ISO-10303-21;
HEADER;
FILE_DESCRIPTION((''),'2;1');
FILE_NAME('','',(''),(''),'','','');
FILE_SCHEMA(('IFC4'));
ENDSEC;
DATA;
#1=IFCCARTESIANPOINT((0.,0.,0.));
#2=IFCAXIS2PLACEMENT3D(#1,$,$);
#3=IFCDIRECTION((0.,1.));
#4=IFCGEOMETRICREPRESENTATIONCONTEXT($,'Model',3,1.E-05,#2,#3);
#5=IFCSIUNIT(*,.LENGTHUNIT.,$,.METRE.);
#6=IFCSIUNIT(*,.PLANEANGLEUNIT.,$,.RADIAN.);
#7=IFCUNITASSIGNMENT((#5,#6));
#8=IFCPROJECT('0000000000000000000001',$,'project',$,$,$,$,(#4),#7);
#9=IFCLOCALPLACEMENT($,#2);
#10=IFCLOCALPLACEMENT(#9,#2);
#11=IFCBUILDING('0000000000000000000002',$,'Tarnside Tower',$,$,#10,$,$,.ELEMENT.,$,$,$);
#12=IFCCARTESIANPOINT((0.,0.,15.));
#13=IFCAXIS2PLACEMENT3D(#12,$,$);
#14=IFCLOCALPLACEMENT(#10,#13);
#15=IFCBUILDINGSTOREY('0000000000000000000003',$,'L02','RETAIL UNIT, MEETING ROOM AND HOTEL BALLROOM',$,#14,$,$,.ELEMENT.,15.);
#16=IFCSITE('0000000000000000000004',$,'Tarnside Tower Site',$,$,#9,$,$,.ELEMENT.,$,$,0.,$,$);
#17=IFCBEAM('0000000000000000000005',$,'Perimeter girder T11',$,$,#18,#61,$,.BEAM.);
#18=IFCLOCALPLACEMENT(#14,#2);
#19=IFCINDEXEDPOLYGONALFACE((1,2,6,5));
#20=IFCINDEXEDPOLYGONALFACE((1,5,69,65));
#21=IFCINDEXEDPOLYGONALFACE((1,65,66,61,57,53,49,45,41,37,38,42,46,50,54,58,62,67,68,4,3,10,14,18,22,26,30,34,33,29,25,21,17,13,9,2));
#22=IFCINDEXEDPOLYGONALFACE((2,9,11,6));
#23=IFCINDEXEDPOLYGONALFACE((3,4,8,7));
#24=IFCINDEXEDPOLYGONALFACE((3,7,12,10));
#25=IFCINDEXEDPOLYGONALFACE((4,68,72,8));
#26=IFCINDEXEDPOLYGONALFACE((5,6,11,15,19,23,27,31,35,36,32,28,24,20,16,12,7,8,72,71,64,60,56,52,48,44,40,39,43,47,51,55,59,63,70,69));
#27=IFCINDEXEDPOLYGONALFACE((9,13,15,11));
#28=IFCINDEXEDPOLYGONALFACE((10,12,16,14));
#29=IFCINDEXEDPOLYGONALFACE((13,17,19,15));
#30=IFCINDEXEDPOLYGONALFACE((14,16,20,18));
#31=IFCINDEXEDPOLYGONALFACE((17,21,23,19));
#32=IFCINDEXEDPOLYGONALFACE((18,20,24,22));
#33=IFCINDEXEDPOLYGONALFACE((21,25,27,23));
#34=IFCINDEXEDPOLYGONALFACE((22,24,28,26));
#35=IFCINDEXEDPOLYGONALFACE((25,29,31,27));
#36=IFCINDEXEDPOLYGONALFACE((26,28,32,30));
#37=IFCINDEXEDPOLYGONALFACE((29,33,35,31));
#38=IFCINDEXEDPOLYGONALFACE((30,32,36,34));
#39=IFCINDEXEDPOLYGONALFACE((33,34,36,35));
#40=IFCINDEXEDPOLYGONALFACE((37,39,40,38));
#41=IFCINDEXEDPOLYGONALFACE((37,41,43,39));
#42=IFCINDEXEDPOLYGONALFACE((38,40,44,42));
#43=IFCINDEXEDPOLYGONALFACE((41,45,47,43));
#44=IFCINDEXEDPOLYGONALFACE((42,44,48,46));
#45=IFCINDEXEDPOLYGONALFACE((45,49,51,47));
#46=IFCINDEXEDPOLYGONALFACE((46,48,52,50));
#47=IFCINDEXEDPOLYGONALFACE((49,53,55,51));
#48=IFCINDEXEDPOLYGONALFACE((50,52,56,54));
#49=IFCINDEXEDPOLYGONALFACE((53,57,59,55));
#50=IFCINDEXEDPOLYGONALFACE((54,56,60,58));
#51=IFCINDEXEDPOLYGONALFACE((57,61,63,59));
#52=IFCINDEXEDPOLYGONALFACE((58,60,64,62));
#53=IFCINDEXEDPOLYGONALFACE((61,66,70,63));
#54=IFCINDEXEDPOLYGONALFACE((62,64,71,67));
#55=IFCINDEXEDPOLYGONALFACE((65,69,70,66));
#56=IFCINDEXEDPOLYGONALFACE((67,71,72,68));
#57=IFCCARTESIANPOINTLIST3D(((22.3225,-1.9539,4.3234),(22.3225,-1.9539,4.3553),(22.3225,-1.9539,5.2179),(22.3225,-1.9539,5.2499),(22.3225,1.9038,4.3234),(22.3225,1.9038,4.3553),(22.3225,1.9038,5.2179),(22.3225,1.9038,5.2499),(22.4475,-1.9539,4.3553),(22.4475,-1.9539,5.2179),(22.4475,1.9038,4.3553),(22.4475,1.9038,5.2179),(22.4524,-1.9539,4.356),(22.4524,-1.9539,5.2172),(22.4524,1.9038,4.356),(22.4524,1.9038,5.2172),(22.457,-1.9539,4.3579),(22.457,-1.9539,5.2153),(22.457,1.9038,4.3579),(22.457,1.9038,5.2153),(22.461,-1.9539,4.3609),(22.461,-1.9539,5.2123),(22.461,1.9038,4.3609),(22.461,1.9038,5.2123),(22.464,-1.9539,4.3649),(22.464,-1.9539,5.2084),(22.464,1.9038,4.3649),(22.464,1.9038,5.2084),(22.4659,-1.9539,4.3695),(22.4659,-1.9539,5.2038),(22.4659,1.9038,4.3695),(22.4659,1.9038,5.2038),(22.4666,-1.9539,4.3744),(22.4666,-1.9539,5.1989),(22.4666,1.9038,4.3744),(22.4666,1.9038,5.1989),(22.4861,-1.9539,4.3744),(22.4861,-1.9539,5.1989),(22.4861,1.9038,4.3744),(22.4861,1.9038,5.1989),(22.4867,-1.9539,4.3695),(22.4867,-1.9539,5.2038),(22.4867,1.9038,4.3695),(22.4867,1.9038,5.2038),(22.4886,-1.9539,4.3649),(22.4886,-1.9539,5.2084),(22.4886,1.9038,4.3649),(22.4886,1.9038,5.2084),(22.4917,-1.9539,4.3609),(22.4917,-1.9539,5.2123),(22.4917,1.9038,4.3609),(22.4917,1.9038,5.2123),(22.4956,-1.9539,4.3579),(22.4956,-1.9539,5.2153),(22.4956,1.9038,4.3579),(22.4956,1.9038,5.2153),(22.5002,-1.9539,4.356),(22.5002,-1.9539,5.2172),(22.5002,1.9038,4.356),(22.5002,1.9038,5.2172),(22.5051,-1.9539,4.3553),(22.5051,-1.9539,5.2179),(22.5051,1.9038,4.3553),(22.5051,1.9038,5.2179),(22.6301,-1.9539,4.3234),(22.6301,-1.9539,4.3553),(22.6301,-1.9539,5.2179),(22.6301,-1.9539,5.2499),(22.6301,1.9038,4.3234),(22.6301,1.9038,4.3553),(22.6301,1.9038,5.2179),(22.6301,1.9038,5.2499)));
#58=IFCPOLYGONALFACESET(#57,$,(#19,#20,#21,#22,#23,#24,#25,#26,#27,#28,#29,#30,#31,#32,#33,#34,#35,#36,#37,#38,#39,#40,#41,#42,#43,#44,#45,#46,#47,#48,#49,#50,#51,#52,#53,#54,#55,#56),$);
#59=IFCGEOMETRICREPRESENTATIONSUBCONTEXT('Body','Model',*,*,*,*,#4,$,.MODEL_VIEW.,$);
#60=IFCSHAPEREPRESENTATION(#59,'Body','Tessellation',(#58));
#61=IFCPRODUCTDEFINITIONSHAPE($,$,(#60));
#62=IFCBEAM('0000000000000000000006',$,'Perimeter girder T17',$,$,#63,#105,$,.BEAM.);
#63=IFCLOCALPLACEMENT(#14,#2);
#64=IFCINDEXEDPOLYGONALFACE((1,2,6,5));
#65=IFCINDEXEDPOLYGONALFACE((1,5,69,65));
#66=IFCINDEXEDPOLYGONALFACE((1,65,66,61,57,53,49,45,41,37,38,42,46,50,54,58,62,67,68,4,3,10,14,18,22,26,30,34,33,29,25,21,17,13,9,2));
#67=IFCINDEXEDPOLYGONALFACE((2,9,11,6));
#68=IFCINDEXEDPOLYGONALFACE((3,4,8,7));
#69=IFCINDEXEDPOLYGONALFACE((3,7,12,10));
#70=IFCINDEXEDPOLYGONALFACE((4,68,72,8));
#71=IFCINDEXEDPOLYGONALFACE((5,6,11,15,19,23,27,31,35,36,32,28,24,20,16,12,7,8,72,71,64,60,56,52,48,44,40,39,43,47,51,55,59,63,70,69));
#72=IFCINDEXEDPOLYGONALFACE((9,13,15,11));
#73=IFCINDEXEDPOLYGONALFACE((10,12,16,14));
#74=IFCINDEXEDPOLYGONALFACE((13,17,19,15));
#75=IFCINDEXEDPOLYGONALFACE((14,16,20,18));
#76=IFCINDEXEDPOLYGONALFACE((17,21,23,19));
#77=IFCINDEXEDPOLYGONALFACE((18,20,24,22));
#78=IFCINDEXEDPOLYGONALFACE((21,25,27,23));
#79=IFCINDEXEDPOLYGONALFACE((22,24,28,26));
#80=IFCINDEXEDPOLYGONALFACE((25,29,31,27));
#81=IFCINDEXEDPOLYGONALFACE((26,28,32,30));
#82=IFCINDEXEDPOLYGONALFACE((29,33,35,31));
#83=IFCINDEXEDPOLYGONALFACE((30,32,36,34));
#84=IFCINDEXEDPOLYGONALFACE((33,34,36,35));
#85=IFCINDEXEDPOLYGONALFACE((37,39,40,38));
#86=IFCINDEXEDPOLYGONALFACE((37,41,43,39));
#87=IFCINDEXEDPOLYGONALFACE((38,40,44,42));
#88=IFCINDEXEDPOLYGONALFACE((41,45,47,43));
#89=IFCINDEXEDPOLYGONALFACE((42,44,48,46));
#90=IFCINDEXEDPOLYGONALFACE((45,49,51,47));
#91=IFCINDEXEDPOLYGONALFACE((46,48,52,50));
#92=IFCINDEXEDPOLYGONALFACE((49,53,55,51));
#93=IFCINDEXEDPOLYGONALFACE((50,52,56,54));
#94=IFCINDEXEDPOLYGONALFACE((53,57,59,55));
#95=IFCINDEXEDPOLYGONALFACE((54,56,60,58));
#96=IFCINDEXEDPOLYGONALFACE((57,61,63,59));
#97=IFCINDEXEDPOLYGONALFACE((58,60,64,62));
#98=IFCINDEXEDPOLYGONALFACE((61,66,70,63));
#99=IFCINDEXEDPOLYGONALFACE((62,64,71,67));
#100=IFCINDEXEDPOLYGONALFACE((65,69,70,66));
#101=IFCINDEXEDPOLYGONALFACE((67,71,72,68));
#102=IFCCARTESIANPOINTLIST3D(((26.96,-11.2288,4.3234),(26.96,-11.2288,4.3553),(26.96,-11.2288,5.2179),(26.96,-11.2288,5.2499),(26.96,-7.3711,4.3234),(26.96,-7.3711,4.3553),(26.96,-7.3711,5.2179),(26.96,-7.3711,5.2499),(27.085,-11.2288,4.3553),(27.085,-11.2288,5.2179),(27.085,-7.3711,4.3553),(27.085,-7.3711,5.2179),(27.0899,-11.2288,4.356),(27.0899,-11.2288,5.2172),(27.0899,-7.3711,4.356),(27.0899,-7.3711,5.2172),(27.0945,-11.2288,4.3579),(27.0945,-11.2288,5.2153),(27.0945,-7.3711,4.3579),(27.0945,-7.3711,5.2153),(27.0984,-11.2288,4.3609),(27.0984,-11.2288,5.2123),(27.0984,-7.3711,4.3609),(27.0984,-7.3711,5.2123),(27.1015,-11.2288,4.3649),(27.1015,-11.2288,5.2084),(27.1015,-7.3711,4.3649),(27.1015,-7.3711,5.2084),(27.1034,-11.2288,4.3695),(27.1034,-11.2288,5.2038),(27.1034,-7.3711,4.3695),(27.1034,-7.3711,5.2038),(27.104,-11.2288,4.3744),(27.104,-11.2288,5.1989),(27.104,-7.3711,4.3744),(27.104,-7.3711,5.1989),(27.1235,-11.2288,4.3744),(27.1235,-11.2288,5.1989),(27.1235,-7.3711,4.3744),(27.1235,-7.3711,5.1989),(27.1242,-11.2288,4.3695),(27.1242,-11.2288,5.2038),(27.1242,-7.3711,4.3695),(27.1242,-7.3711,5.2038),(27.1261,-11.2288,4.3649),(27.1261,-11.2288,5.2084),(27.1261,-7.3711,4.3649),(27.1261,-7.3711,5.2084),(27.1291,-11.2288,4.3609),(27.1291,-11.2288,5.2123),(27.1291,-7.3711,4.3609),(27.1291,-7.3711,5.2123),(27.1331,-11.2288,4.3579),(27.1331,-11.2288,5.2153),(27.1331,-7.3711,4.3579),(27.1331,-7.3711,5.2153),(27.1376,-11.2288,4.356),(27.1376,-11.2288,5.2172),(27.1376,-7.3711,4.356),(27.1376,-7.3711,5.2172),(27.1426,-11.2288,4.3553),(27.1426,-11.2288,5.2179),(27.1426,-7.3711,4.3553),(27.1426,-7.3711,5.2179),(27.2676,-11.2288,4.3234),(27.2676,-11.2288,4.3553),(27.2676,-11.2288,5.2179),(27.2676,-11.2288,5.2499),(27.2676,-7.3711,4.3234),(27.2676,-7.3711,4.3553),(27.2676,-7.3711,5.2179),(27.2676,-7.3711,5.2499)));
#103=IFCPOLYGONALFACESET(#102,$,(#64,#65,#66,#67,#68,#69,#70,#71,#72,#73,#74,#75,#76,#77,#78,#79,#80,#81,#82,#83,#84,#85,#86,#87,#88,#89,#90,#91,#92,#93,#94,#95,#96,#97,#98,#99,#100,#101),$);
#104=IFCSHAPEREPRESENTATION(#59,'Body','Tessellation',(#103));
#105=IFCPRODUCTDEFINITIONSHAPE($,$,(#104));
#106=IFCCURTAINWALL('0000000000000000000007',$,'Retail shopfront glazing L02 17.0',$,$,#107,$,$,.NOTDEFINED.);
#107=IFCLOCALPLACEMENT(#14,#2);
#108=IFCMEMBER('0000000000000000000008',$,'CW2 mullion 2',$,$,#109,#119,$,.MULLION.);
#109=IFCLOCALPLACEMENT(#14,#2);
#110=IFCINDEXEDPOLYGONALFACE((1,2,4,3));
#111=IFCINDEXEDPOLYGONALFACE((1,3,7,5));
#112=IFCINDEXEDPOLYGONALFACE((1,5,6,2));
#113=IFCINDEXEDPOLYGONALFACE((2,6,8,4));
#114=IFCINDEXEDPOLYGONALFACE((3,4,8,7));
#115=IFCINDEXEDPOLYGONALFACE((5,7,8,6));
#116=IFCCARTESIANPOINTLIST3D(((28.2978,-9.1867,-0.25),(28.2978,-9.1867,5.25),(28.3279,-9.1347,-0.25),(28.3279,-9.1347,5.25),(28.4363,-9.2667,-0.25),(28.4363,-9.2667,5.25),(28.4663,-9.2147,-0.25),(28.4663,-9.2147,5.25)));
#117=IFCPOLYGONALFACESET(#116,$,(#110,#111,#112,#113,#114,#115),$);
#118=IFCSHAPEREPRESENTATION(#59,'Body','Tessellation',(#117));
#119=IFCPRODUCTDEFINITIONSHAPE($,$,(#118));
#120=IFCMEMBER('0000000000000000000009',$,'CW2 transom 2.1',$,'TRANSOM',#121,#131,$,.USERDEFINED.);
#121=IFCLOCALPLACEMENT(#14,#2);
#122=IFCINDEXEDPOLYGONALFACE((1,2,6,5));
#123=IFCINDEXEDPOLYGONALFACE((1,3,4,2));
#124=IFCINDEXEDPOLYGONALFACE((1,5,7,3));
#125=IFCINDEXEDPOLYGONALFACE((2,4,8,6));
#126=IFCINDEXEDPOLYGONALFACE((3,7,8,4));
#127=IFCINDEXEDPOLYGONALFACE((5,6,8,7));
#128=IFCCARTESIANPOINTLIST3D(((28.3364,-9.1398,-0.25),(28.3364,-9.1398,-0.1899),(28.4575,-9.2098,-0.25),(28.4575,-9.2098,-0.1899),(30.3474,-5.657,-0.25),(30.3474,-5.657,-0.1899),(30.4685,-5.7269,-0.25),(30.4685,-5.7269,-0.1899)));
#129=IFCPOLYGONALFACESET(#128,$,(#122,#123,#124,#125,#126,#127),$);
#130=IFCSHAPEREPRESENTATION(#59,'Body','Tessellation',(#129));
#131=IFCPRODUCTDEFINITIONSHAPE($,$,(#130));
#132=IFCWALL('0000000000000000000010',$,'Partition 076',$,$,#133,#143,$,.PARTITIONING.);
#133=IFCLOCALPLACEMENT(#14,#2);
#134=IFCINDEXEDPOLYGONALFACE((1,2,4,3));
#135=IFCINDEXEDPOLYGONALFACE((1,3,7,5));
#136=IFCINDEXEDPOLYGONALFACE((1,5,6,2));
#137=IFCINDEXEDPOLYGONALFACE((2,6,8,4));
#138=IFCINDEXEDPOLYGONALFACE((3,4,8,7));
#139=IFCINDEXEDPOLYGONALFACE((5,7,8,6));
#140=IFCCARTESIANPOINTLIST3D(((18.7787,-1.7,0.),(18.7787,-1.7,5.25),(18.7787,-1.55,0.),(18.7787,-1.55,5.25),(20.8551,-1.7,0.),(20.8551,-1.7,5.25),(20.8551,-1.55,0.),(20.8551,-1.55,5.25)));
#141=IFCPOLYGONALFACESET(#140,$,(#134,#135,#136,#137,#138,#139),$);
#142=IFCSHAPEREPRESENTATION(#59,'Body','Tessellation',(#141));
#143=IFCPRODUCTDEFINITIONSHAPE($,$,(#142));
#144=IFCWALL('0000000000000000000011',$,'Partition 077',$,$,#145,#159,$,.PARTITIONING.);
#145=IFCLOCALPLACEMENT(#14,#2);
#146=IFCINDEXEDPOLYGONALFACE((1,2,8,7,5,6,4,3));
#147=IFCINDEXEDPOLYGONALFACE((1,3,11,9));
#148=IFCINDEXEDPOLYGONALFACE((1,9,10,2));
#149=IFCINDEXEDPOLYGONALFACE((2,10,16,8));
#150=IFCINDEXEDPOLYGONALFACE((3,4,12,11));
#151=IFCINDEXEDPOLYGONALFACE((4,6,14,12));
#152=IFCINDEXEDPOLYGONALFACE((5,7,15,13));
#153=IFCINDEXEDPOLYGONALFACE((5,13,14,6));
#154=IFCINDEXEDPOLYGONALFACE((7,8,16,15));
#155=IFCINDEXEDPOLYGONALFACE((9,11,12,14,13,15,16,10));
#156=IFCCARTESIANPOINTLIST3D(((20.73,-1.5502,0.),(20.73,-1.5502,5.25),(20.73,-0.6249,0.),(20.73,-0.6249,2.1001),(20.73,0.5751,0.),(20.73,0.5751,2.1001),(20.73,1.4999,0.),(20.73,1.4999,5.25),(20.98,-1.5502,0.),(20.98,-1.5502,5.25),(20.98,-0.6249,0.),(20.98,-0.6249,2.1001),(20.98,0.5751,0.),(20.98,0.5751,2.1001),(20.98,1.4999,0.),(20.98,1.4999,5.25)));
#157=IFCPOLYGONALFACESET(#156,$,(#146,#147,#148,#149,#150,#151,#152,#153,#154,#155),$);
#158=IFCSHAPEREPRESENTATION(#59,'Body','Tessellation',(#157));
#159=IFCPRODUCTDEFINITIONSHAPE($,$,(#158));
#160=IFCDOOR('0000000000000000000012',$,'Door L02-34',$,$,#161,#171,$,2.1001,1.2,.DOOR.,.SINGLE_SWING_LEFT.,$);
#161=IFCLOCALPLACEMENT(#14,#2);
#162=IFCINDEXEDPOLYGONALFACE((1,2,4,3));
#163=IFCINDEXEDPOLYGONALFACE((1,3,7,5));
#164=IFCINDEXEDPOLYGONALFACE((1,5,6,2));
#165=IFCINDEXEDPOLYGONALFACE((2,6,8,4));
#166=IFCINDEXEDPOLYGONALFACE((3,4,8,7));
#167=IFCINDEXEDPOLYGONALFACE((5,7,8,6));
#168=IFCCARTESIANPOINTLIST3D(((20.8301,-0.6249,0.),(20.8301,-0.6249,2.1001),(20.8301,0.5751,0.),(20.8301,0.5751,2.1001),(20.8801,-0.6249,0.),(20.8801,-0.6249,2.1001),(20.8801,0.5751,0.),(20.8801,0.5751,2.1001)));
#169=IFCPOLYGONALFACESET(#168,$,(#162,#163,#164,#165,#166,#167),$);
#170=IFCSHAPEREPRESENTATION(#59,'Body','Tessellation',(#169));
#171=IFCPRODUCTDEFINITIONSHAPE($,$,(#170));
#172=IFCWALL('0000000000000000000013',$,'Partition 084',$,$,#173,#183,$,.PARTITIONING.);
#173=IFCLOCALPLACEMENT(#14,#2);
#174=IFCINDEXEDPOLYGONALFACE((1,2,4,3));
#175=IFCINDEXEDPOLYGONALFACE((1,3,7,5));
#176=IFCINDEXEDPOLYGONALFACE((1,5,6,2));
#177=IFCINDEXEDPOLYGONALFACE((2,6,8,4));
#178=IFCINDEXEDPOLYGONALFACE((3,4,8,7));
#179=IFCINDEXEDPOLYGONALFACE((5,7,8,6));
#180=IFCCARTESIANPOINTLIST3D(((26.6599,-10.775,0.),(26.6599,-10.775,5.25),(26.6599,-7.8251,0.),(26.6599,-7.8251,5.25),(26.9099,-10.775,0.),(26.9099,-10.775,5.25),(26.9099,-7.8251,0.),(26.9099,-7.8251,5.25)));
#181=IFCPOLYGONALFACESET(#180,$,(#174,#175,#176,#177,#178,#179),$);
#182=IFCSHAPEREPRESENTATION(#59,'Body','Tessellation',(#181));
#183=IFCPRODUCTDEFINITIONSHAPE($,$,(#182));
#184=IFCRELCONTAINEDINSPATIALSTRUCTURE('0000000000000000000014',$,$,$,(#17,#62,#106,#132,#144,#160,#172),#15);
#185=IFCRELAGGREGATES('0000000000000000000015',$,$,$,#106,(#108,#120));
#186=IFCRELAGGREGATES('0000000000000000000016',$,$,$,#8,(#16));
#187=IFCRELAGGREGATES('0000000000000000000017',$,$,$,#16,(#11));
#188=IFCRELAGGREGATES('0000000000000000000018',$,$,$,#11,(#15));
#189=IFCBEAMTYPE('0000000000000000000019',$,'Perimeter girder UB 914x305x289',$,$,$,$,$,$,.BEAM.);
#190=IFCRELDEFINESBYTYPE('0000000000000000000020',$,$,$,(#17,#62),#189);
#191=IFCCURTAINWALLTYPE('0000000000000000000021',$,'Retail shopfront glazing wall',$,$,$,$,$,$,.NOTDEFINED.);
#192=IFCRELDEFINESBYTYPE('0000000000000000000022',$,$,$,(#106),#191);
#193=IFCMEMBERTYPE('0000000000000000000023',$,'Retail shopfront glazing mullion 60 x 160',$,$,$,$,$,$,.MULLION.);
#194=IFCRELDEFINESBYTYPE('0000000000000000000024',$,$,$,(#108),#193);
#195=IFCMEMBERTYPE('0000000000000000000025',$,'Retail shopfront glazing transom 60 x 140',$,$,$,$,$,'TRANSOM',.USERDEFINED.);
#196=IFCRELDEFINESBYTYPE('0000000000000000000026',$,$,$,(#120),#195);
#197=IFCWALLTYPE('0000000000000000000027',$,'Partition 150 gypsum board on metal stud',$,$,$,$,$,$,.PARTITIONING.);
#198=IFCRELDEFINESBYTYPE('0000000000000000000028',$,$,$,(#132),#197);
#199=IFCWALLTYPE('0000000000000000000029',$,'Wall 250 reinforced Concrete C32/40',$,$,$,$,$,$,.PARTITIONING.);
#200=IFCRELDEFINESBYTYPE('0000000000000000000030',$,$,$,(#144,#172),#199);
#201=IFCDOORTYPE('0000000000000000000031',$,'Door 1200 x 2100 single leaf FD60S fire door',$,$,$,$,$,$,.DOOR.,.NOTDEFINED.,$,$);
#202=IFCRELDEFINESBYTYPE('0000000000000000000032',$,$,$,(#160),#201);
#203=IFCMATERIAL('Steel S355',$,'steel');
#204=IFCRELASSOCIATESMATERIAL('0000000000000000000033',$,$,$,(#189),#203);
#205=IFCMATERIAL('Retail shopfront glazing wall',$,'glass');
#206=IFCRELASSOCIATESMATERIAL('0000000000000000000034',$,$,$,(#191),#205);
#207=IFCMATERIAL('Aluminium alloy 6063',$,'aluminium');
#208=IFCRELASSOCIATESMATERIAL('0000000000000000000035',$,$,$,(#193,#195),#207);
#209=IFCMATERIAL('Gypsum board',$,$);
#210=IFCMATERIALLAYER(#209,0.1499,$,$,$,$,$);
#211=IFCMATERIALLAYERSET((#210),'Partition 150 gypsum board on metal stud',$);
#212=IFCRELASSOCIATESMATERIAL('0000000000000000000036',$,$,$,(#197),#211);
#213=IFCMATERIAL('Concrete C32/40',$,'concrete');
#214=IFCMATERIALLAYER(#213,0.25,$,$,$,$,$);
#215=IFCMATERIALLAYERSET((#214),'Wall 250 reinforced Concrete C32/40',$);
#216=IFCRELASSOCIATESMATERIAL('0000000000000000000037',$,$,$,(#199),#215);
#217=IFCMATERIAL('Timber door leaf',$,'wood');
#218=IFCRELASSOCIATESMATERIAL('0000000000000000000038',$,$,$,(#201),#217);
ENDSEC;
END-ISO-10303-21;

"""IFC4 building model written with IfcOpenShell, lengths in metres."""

from ifc_helpers import new_model, si_unit, direction, frame, frame_2d, origin, origin_2d, place, context, subcontext, project, spatial, rectangle, i_section, extrude, material, layer, layer_set, material_profile, profile_set, type_object, element, fill, aggregate, save


model = new_model("IFC4")

# Units and contexts
model_context = context("Model", 3, precision=1e-05, world=origin(), true_north=direction((0.0, 1.0)))
body_context = subcontext(model_context, "Body", "Model", "MODEL_VIEW")
ifc_project = project(units=[si_unit("LENGTHUNIT", "METRE"), si_unit("PLANEANGLEUNIT", "RADIAN")], contexts=[model_context])

# Site, building, storey
site_placement = place(None, origin())
site = spatial("IfcSite", under=ifc_project, at=site_placement, Name="Tarnside Tower Site", CompositionType="ELEMENT", RefElevation=0.0)
building_placement = place(site_placement, origin())
building = spatial("IfcBuilding", under=site, at=building_placement, Name="Tarnside Tower", CompositionType="ELEMENT")
storey_placement = place(building_placement, frame((0.0, 0.0, 15.0)))
storey = spatial("IfcBuildingStorey", under=building, at=storey_placement, Name="L02", Description="RETAIL UNIT, MEETING ROOM AND HOTEL BALLROOM", CompositionType="ELEMENT", Elevation=15.0)

# Beams
ifc_material_1 = material(Name="Steel S355", Category="steel")
ifc_material_profile_1 = material_profile(ifc_material_1, i_section(OverallWidth=0.3076, OverallDepth=0.9265, WebThickness=0.0195, FlangeThickness=0.032, FilletRadius=0.019, at=origin_2d()), Name="UB 914x305x289")
ifc_profile_set_1 = profile_set([ifc_material_profile_1], Name="Steel S355")
beam_type_1 = type_object("IfcBeamType", Name="Perimeter girder UB 914x305x289", PredefinedType="BEAM", material=ifc_profile_set_1)
for number, where, z_axis, x_axis, name in (
    (1, (22.4763, -1.9539, 4.7866), (0.0, 1.0, 0.0), (-1.0, 0.0, 0.0), "Perimeter girder T11"),
    (2, (27.1138, -7.3711, 4.7866), (0.0, -1.0, 0.0), (1.0, 0.0, 0.0), "Perimeter girder T17"),
):
    element("IfcBeam", number, at=place(storey_placement, frame(where, z_axis=z_axis, x_axis=x_axis)), inside=storey, type_object=beam_type_1, Name=name, PredefinedType="BEAM", context=body_context, shape_type="SweptSolid", body=[
        extrude(i_section(OverallWidth=0.3076, OverallDepth=0.9265, WebThickness=0.0195, FlangeThickness=0.032, FilletRadius=0.019, at=origin_2d()), origin(), (0.0, 0.0, 1.0), 3.8577),
    ])

# Curtain wall, members
ifc_material_2 = material(Name="Retail shopfront glazing wall", Category="glass")
curtain_wall_type = type_object("IfcCurtainWallType", Name="Retail shopfront glazing wall", PredefinedType="NOTDEFINED", material=ifc_material_2)
curtain_wall_placement = place(storey_placement, origin())
curtain_wall = element("IfcCurtainWall", 3, at=curtain_wall_placement, inside=storey, type_object=curtain_wall_type, Name="Retail shopfront glazing L02 17.0", PredefinedType="NOTDEFINED")
ifc_material_3 = material(Name="Aluminium alloy 6063", Category="aluminium")
ifc_material_profile_2 = material_profile(ifc_material_3, rectangle(XDim=0.1599, YDim=0.0601, at=origin_2d()), Name="Retail shopfront glazing mullion 60 x 160")
ifc_profile_set_2 = profile_set([ifc_material_profile_2], Name="Aluminium alloy 6063")
member_type_1 = type_object("IfcMemberType", Name="Retail shopfront glazing mullion 60 x 160", PredefinedType="MULLION", material=ifc_profile_set_2)
member_1_placement = place(storey_placement, frame((28.3821, -9.2007, -0.25), z_axis=(0.0, 0.0, 1.0), x_axis=(-0.866025, 0.5, 0.0)))
member_1 = element("IfcMember", 4, at=member_1_placement, type_object=member_type_1, Name="CW2 mullion 2", PredefinedType="MULLION", context=body_context, shape_type="SweptSolid", body=[
    extrude(rectangle(XDim=0.1599, YDim=0.0601, at=origin_2d()), origin(), (0.0, 0.0, 1.0), 5.5),
])
ifc_material_profile_3 = material_profile(ifc_material_3, rectangle(XDim=0.1399, YDim=0.0601, at=origin_2d()), Name="Retail shopfront glazing transom 60 x 140")
ifc_profile_set_3 = profile_set([ifc_material_profile_3], Name="Aluminium alloy 6063")
member_type_2 = type_object("IfcMemberType", Name="Retail shopfront glazing transom 60 x 140", ElementType="TRANSOM", PredefinedType="USERDEFINED", material=ifc_profile_set_3)
member_2_placement = place(storey_placement, frame((28.397, -9.1748, -0.22), z_axis=(0.500024, 0.866012, 0.0), x_axis=(-0.866012, 0.500024, 0.0)))
member_2 = element("IfcMember", 5, at=member_2_placement, type_object=member_type_2, Name="CW2 transom 2.1", ObjectType="TRANSOM", PredefinedType="USERDEFINED", context=body_context, shape_type="SweptSolid", body=[
    extrude(rectangle(XDim=0.1399, YDim=0.0601, at=origin_2d()), origin(), (0.0, 0.0, 1.0), 4.0217),
])
aggregate(curtain_wall, [member_1, member_2])

# Wall
ifc_material_4 = material(Name="Gypsum board")
ifc_layer_1 = layer(ifc_material_4, 0.1499)
ifc_layer_set_1 = layer_set([ifc_layer_1], Name="Partition 150 gypsum board on metal stud")
wall_type_1 = type_object("IfcWallType", Name="Partition 150 gypsum board on metal stud", PredefinedType="PARTITIONING", material=ifc_layer_set_1)
wall_1_placement = place(storey_placement, frame((20.855, -1.625, 0.0), z_axis=(0.0, 0.0, 1.0), x_axis=(-1.0, 0.0, 0.0)))
element("IfcWall", 6, at=wall_1_placement, inside=storey, type_object=wall_type_1, Name="Partition 076", PredefinedType="PARTITIONING", context=body_context, shape_type="SweptSolid", body=[
    extrude(rectangle(XDim=2.0764, YDim=0.1499, at=frame_2d((1.0381, 0.0))), origin(), (0.0, 0.0, 1.0), 5.25),
])

# Wall, opening, door
ifc_material_5 = material(Name="Concrete C32/40", Category="concrete")
ifc_layer_2 = layer(ifc_material_5, 0.25)
ifc_layer_set_2 = layer_set([ifc_layer_2], Name="Wall 250 reinforced Concrete C32/40")
wall_type_2 = type_object("IfcWallType", Name="Wall 250 reinforced Concrete C32/40", PredefinedType="PARTITIONING", material=ifc_layer_set_2)
wall_2_placement = place(storey_placement, frame((20.855, -1.55, 0.0), z_axis=(0.0, 0.0, 1.0), x_axis=(0.0, 1.0, 0.0)))
wall_2 = element("IfcWall", 7, at=wall_2_placement, inside=storey, type_object=wall_type_2, Name="Partition 077", PredefinedType="PARTITIONING", context=body_context, shape_type="SweptSolid", body=[
    extrude(rectangle(XDim=3.05, YDim=0.25, at=frame_2d((1.5249, 0.0))), origin(), (0.0, 0.0, 1.0), 5.25),
])
opening_placement = place(wall_2_placement, frame((0.925, 0.0, 0.0)))
opening = element("IfcOpeningElement", 8, at=opening_placement, cuts=wall_2, PredefinedType="OPENING", context=body_context, shape_type="SweptSolid", body=[
    extrude(rectangle(XDim=1.2, YDim=2.1001, at=frame_2d((0.6001, 1.05))), frame((0.0, 0.135, 0.0), z_axis=(0.0, -1.0, 0.0), x_axis=(1.0, 0.0, 0.0)), (0.0, 0.0, 1.0), 0.27),
])
ifc_material_6 = material(Name="Timber door leaf", Category="wood")
door_type = type_object("IfcDoorType", Name="Door 1200 x 2100 single leaf FD60S fire door", OperationType="NOTDEFINED", PredefinedType="DOOR", material=ifc_material_6)
door_placement = place(opening_placement, origin())
door = element("IfcDoor", 9, at=door_placement, inside=storey, type_object=door_type, Name="Door L02-34", OperationType="SINGLE_SWING_LEFT", OverallHeight=2.1001, OverallWidth=1.2, PredefinedType="DOOR", context=body_context, shape_type="SweptSolid", body=[
    extrude(rectangle(XDim=1.2, YDim=2.1001, at=frame_2d((0.6001, 1.05))), frame((0.0, 0.0249, 0.0), z_axis=(0.0, -1.0, 0.0), x_axis=(1.0, 0.0, 0.0)), (0.0, 0.0, 1.0), 0.05),
])
fill(opening, door)

# Wall
wall_3_placement = place(storey_placement, frame((26.7849, -7.825, 0.0), z_axis=(0.0, 0.0, 1.0), x_axis=(0.0, -1.0, 0.0)))
element("IfcWall", 10, at=wall_3_placement, inside=storey, type_object=wall_type_2, Name="Partition 084", PredefinedType="PARTITIONING", context=body_context, shape_type="SweptSolid", body=[
    extrude(rectangle(XDim=2.95, YDim=0.25, at=frame_2d((1.4751, 0.0))), origin(), (0.0, 0.0, 1.0), 5.25),
])

save(model, "model.ifc")
